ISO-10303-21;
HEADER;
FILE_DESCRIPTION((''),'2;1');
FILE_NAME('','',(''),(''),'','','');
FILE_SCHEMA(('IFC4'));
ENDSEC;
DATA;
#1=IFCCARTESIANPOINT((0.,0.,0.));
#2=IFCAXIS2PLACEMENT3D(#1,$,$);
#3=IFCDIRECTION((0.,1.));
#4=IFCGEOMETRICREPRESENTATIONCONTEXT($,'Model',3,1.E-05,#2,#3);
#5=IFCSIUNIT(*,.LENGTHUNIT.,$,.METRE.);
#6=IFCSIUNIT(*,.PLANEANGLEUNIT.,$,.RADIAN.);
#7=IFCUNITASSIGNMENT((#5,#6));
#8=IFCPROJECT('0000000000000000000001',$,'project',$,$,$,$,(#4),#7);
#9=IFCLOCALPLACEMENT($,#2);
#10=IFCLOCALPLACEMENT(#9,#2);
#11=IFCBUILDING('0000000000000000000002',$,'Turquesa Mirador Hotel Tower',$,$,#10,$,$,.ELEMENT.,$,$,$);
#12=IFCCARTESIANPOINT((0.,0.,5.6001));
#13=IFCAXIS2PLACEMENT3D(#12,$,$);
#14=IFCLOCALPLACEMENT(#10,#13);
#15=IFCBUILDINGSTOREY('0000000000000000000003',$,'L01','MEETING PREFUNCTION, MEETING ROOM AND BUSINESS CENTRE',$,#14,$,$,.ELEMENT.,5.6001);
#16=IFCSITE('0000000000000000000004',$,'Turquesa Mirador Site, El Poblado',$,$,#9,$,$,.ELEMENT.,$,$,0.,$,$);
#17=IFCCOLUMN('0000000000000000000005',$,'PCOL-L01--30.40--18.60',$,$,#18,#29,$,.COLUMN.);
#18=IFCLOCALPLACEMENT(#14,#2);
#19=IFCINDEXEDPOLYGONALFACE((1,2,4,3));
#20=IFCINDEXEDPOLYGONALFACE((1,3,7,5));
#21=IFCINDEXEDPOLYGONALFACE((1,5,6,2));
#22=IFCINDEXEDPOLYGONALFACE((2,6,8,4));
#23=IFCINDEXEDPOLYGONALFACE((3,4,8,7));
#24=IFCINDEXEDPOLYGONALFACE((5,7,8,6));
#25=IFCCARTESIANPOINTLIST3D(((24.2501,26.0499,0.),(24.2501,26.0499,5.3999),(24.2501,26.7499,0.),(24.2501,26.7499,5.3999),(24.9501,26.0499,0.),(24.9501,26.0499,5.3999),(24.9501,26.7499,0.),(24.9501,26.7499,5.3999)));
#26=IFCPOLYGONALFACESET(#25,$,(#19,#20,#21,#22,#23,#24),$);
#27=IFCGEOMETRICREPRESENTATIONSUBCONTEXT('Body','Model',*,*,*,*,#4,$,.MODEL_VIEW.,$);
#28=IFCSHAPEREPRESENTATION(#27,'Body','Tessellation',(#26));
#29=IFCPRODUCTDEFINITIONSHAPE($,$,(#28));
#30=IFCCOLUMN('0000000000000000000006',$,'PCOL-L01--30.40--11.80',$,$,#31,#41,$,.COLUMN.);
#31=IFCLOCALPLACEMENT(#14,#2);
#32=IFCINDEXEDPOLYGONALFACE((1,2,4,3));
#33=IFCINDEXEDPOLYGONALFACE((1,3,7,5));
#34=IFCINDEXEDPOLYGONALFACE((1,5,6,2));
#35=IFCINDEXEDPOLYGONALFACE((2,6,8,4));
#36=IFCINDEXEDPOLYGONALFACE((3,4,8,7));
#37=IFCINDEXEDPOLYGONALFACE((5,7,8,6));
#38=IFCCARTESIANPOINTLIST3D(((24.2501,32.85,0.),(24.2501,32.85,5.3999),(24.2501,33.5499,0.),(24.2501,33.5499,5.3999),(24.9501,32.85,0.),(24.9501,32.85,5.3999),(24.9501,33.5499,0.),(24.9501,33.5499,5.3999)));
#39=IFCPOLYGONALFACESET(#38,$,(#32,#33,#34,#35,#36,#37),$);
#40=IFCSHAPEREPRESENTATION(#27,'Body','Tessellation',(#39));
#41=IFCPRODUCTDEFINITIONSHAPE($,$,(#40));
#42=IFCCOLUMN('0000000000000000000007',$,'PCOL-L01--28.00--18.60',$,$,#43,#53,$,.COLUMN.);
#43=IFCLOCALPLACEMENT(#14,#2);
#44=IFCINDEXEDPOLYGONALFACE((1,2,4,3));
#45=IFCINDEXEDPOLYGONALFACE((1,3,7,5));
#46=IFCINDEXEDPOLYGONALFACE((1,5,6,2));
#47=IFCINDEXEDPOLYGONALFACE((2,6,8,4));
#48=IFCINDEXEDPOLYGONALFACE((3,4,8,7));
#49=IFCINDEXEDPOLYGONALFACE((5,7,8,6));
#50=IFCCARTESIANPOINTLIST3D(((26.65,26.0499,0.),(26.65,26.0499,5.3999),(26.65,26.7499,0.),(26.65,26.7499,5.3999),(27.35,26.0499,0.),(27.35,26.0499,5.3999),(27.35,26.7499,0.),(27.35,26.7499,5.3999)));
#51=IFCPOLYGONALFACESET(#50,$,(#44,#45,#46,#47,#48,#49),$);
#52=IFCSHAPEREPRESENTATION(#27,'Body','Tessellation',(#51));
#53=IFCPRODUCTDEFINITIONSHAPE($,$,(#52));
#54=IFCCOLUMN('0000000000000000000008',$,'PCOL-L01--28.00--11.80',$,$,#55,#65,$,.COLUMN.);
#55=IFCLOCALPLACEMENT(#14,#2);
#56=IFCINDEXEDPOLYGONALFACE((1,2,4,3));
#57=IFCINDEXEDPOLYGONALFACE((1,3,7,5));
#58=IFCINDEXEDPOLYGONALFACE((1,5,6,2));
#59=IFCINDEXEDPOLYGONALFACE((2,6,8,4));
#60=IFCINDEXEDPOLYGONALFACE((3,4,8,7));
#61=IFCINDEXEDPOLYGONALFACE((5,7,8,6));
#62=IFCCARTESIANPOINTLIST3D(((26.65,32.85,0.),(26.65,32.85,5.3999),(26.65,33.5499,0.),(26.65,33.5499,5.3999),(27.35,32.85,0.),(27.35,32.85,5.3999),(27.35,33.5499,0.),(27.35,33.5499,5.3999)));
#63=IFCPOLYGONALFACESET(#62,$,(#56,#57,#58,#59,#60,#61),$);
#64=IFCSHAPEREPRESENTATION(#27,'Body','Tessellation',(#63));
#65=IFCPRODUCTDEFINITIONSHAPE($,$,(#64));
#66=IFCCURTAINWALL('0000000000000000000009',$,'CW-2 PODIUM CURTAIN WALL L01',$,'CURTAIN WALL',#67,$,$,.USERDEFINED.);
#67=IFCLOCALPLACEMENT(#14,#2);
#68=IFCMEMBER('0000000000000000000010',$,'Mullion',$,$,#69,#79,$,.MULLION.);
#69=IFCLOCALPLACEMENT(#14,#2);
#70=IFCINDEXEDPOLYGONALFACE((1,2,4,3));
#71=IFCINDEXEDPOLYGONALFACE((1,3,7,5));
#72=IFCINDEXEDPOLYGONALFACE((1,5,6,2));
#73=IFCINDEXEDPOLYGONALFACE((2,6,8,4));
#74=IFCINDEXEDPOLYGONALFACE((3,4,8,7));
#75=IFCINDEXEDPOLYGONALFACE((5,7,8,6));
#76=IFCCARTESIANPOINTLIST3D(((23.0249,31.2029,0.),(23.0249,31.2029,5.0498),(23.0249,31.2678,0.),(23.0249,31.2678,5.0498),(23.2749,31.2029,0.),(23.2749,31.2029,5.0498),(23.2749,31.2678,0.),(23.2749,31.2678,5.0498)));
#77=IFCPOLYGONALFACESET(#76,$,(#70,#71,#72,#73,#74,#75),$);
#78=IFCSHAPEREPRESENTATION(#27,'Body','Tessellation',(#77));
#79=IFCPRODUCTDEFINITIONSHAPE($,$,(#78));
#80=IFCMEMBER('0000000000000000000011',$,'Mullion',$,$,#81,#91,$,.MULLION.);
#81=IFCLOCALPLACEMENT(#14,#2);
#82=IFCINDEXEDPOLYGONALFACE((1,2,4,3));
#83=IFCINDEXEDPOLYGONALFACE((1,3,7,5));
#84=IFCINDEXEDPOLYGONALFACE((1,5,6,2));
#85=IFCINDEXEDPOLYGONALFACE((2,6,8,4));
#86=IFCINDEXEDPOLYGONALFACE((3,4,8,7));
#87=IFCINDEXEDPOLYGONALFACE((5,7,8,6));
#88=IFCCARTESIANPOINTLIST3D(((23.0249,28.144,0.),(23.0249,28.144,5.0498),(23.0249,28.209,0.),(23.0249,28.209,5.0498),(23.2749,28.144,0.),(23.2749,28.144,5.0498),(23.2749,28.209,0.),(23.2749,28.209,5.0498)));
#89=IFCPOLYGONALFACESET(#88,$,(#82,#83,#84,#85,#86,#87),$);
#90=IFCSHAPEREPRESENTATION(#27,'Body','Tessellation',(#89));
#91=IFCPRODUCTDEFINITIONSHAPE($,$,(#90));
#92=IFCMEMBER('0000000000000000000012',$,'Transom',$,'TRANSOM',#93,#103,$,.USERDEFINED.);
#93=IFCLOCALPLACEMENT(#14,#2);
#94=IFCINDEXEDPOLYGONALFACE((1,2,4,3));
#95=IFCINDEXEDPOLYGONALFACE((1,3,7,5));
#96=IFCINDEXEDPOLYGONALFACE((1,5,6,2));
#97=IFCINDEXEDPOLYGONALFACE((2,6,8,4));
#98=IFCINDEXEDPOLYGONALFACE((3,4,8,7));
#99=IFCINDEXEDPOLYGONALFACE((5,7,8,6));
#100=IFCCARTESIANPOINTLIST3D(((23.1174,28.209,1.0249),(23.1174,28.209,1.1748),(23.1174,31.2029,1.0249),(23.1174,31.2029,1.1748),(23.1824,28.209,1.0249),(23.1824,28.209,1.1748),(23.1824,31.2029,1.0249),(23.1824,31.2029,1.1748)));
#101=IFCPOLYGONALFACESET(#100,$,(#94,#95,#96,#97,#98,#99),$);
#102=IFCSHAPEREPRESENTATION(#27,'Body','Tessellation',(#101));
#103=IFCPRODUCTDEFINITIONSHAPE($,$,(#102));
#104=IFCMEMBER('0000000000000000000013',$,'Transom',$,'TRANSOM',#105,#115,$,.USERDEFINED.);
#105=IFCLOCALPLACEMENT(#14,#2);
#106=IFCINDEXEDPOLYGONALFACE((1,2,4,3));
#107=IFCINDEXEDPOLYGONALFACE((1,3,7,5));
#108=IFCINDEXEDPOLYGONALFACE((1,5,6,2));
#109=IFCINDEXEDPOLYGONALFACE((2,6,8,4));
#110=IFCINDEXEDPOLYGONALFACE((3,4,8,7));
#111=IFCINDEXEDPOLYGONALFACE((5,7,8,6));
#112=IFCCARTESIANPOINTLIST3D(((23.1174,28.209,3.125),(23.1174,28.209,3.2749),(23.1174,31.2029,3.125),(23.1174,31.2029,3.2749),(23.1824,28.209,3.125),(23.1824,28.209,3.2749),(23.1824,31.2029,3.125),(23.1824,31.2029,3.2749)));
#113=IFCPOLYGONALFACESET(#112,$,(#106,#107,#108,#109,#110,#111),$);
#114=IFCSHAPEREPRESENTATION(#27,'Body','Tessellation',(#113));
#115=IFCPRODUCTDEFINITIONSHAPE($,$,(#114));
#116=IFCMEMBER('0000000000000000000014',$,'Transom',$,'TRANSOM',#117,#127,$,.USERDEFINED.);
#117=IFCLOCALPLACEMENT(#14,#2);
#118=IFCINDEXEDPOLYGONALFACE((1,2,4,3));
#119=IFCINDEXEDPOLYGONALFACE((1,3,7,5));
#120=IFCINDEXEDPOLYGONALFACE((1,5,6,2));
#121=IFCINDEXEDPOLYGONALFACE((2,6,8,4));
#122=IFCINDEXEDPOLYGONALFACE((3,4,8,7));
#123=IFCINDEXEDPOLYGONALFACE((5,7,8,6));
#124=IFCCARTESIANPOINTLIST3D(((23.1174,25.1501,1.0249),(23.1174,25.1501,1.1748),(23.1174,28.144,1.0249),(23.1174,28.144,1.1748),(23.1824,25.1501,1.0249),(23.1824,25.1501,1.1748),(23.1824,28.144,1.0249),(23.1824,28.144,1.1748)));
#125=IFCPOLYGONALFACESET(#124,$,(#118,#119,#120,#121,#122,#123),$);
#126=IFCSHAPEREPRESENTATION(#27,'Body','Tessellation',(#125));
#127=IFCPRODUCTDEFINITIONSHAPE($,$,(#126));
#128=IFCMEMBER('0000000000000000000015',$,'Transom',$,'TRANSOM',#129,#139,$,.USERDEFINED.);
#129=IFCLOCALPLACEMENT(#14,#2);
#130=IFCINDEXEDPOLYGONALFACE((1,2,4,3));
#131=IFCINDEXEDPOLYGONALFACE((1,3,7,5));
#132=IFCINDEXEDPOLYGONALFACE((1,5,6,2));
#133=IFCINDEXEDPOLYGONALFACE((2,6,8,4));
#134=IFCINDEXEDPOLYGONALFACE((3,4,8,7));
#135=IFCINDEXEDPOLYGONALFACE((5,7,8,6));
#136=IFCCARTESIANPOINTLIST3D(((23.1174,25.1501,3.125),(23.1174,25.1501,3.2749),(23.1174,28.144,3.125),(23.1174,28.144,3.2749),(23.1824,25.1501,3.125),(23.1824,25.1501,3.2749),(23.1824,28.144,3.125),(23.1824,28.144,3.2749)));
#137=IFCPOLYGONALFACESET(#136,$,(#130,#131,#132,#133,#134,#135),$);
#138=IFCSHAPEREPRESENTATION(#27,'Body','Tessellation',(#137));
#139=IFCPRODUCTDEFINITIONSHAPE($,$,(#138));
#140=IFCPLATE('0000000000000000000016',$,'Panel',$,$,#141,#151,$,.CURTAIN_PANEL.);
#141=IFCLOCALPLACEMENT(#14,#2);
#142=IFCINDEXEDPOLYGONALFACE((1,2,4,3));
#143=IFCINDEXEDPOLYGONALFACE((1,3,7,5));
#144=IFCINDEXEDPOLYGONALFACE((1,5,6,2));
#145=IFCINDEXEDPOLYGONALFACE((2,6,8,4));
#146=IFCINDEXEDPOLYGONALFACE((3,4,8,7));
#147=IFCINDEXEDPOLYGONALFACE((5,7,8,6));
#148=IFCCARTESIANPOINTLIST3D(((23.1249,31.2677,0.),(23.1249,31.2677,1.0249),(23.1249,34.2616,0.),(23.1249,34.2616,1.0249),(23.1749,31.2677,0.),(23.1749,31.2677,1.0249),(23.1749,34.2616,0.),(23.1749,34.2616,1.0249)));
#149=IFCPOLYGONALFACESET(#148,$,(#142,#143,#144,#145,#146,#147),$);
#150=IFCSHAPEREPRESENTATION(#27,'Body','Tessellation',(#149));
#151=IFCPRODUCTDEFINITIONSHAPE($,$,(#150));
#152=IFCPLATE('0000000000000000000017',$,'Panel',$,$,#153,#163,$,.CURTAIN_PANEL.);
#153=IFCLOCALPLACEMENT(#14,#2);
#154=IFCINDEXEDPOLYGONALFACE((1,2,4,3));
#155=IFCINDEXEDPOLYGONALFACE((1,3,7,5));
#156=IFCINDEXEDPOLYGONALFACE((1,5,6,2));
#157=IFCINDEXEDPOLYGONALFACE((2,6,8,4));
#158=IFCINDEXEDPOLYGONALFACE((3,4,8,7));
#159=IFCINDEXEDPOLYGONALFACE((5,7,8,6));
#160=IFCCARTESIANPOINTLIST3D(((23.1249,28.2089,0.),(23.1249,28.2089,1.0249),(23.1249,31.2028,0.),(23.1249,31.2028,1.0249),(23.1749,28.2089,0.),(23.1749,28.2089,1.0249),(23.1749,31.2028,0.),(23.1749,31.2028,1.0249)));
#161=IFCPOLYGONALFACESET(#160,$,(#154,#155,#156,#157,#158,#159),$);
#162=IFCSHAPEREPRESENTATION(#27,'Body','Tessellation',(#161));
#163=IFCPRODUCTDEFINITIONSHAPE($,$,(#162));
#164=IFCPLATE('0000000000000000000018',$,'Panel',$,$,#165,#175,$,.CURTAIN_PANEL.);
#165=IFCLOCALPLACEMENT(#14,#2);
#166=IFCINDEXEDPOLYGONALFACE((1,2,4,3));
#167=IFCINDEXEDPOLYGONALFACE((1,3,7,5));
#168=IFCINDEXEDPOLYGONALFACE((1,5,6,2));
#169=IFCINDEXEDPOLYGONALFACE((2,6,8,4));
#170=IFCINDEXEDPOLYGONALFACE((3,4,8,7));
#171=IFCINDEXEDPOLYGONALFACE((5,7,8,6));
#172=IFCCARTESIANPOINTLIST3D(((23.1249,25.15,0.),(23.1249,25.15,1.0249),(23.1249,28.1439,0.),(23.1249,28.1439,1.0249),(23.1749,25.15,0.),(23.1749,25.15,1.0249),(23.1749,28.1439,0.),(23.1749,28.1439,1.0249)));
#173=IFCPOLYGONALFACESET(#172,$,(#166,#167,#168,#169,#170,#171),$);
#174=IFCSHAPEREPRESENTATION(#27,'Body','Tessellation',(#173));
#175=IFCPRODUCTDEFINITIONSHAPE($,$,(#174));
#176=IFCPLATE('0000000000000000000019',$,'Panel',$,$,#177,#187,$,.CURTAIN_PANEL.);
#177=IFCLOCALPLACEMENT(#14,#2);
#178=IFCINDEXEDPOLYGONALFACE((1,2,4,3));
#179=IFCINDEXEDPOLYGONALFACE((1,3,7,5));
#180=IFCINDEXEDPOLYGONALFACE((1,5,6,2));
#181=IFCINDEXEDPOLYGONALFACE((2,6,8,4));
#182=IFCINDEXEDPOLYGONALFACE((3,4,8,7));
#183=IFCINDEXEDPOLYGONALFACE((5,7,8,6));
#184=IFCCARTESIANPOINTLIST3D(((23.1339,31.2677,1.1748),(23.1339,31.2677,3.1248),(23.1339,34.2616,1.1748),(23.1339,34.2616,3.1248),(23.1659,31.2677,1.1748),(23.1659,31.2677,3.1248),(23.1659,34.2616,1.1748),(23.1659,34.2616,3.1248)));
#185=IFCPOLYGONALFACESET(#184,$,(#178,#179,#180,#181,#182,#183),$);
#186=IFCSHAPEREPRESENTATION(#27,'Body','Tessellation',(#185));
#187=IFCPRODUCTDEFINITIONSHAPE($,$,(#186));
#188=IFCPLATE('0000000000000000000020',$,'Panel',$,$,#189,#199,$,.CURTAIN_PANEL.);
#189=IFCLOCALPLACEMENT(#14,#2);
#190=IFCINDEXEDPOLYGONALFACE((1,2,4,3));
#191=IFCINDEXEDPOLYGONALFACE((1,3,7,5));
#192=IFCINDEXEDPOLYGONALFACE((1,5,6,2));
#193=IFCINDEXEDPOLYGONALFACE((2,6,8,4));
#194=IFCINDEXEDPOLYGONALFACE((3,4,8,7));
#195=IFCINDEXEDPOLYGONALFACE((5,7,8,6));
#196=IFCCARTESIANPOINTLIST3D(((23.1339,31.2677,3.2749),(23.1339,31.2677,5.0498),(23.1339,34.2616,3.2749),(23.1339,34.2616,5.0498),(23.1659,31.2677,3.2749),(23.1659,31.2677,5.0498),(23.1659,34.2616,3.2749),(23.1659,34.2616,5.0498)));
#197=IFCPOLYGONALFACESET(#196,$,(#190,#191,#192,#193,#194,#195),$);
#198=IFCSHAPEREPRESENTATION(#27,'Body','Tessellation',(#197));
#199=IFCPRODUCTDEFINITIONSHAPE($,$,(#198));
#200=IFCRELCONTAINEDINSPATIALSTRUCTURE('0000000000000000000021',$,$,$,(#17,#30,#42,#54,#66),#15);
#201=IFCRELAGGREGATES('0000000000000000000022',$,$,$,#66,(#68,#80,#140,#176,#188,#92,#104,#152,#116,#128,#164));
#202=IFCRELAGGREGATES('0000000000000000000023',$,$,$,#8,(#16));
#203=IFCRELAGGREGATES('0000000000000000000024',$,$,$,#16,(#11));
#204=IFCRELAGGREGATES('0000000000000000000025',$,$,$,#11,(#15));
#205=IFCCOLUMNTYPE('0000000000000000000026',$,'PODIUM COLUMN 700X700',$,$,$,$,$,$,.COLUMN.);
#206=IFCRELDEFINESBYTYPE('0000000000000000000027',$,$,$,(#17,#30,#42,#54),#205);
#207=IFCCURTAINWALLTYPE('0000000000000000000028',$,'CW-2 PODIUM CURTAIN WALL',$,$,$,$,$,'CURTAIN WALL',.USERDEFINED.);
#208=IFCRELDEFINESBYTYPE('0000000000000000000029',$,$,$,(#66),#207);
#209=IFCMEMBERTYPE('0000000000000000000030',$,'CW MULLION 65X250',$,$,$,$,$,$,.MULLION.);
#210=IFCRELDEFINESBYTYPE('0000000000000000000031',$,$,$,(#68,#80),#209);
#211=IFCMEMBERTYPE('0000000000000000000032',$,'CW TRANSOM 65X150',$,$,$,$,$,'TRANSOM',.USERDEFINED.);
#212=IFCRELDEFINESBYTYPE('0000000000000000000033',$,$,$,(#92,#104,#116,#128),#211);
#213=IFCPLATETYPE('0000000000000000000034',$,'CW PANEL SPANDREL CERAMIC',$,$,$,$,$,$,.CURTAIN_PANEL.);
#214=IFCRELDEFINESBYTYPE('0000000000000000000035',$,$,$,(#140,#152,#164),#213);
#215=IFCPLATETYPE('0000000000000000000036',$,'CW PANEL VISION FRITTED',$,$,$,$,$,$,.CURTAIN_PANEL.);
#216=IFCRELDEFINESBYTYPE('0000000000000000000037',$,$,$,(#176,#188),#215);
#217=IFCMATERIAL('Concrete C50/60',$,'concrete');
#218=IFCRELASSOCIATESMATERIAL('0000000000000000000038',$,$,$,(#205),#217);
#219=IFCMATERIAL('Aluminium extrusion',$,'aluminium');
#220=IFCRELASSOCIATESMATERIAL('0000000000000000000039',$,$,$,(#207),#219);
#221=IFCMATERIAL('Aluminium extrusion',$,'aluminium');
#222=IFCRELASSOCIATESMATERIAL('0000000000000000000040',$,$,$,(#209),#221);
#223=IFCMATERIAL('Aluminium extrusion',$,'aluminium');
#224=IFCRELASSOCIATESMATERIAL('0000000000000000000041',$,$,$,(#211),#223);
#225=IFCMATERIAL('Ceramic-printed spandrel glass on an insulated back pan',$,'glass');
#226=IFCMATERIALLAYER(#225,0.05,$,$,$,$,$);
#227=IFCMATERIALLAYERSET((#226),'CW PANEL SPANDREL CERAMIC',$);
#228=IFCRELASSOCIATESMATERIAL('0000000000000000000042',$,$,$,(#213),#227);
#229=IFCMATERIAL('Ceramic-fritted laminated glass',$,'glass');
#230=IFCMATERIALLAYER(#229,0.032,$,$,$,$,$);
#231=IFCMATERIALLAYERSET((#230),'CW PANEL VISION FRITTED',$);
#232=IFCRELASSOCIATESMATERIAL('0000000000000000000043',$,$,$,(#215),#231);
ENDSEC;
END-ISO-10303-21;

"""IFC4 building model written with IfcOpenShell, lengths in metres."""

from ifc_helpers import new_model, si_unit, direction, frame, origin, origin_2d, place, context, subcontext, project, spatial, rectangle, extrude, material, layer, layer_set, material_profile, profile_set, type_object, element, aggregate, save


model = new_model("IFC4")

# Units and contexts
model_context = context("Model", 3, precision=1e-05, world=origin(), true_north=direction((0.0, 1.0)))
body_context = subcontext(model_context, "Body", "Model", "MODEL_VIEW")
ifc_project = project(units=[si_unit("LENGTHUNIT", "METRE"), si_unit("PLANEANGLEUNIT", "RADIAN")], contexts=[model_context])

# Site, building, storey
site_placement = place(None, origin())
site = spatial("IfcSite", under=ifc_project, at=site_placement, Name="Turquesa Mirador Site, El Poblado", CompositionType="ELEMENT", RefElevation=0.0)
building_placement = place(site_placement, origin())
building = spatial("IfcBuilding", under=site, at=building_placement, Name="Turquesa Mirador Hotel Tower", CompositionType="ELEMENT")
storey_placement = place(building_placement, frame((0.0, 0.0, 5.6001)))
storey = spatial("IfcBuildingStorey", under=building, at=storey_placement, Name="L01", Description="MEETING PREFUNCTION, MEETING ROOM AND BUSINESS CENTRE", CompositionType="ELEMENT", Elevation=5.6001)

# Columns
ifc_material_1 = material(Name="Concrete C50/60", Category="concrete")
ifc_material_profile_1 = material_profile(ifc_material_1, rectangle(XDim=0.7, YDim=0.7, at=origin_2d()), Name="RC 700X700")
ifc_profile_set_1 = profile_set([ifc_material_profile_1], Name="Concrete C50/60")
column_type = type_object("IfcColumnType", Name="PODIUM COLUMN 700X700", PredefinedType="COLUMN", material=ifc_profile_set_1)
for number, where, z_axis, x_axis, name in (
    (1, (24.6001, 26.3999, 0.0), (0.0, 0.0, 1.0), (1.0, 0.0, 0.0), "PCOL-L01--30.40--18.60"),
    (2, (24.6001, 33.2, 0.0), (0.0, 0.0, 1.0), (1.0, 0.0, 0.0), "PCOL-L01--30.40--11.80"),
    (3, (27.0, 26.3999, 0.0), (0.0, 0.0, 1.0), (1.0, 0.0, 0.0), "PCOL-L01--28.00--18.60"),
    (4, (27.0, 33.2, 0.0), (0.0, 0.0, 1.0), (1.0, 0.0, 0.0), "PCOL-L01--28.00--11.80"),
):
    element("IfcColumn", number, at=place(storey_placement, frame(where, z_axis=z_axis, x_axis=x_axis)), inside=storey, type_object=column_type, Name=name, PredefinedType="COLUMN", context=body_context, shape_type="SweptSolid", body=[
        extrude(rectangle(XDim=0.7, YDim=0.7, at=origin_2d()), origin(), (0.0, 0.0, 1.0), 5.3999),
    ])

# Curtain wall, members, plates
ifc_material_2 = material(Name="Aluminium extrusion", Category="aluminium")
curtain_wall_type = type_object("IfcCurtainWallType", Name="CW-2 PODIUM CURTAIN WALL", ElementType="CURTAIN WALL", PredefinedType="USERDEFINED", material=ifc_material_2)
curtain_wall_placement = place(storey_placement, origin())
curtain_wall = element("IfcCurtainWall", 5, at=curtain_wall_placement, inside=storey, type_object=curtain_wall_type, Name="CW-2 PODIUM CURTAIN WALL L01", ObjectType="CURTAIN WALL", PredefinedType="USERDEFINED")
ifc_material_3 = material(Name="Aluminium extrusion", Category="aluminium")
ifc_material_profile_2 = material_profile(ifc_material_3, rectangle(XDim=0.0649, YDim=0.25, at=origin_2d()), Name="MULLION 65X250")
ifc_profile_set_2 = profile_set([ifc_material_profile_2], Name="Aluminium extrusion")
member_type_1 = type_object("IfcMemberType", Name="CW MULLION 65X250", PredefinedType="MULLION", material=ifc_profile_set_2)
member_1_placement = place(storey_placement, frame((23.1499, 31.2354, 0.0), z_axis=(0.0, 0.0, 1.0), x_axis=(0.0, -1.0, 0.0)))
member_1 = element("IfcMember", 6, at=member_1_placement, type_object=member_type_1, Name="Mullion", PredefinedType="MULLION", context=body_context, shape_type="SweptSolid", body=[
    extrude(rectangle(XDim=0.0649, YDim=0.25, at=origin_2d()), origin(), (0.0, 0.0, 1.0), 5.0498),
])
member_2_placement = place(storey_placement, frame((23.1499, 28.1765, 0.0), z_axis=(0.0, 0.0, 1.0), x_axis=(0.0, -1.0, 0.0)))
member_2 = element("IfcMember", 7, at=member_2_placement, type_object=member_type_1, Name="Mullion", PredefinedType="MULLION", context=body_context, shape_type="SweptSolid", body=[
    extrude(rectangle(XDim=0.0649, YDim=0.25, at=origin_2d()), origin(), (0.0, 0.0, 1.0), 5.0498),
])
ifc_material_4 = material(Name="Aluminium extrusion", Category="aluminium")
ifc_material_profile_3 = material_profile(ifc_material_4, rectangle(XDim=0.0649, YDim=0.1499, at=origin_2d()), Name="TRANSOM 65X150")
ifc_profile_set_3 = profile_set([ifc_material_profile_3], Name="Aluminium extrusion")
member_type_2 = type_object("IfcMemberType", Name="CW TRANSOM 65X150", ElementType="TRANSOM", PredefinedType="USERDEFINED", material=ifc_profile_set_3)
member_3_placement = place(storey_placement, frame((23.1499, 31.2029, 1.0999), z_axis=(0.0, -1.0, 0.0), x_axis=(1.0, 0.0, 0.0)))
member_3 = element("IfcMember", 8, at=member_3_placement, type_object=member_type_2, Name="Transom", ObjectType="TRANSOM", PredefinedType="USERDEFINED", context=body_context, shape_type="SweptSolid", body=[
    extrude(rectangle(XDim=0.0649, YDim=0.1499, at=origin_2d()), origin(), (0.0, 0.0, 1.0), 2.9939),
])
member_4_placement = place(storey_placement, frame((23.1499, 31.2029, 3.2), z_axis=(0.0, -1.0, 0.0), x_axis=(1.0, 0.0, 0.0)))
member_4 = element("IfcMember", 9, at=member_4_placement, type_object=member_type_2, Name="Transom", ObjectType="TRANSOM", PredefinedType="USERDEFINED", context=body_context, shape_type="SweptSolid", body=[
    extrude(rectangle(XDim=0.0649, YDim=0.1499, at=origin_2d()), origin(), (0.0, 0.0, 1.0), 2.9939),
])
member_5_placement = place(storey_placement, frame((23.1499, 28.144, 1.0999), z_axis=(0.0, -1.0, 0.0), x_axis=(1.0, 0.0, 0.0)))
member_5 = element("IfcMember", 10, at=member_5_placement, type_object=member_type_2, Name="Transom", ObjectType="TRANSOM", PredefinedType="USERDEFINED", context=body_context, shape_type="SweptSolid", body=[
    extrude(rectangle(XDim=0.0649, YDim=0.1499, at=origin_2d()), origin(), (0.0, 0.0, 1.0), 2.9939),
])
member_6_placement = place(storey_placement, frame((23.1499, 28.144, 3.2), z_axis=(0.0, -1.0, 0.0), x_axis=(1.0, 0.0, 0.0)))
member_6 = element("IfcMember", 11, at=member_6_placement, type_object=member_type_2, Name="Transom", ObjectType="TRANSOM", PredefinedType="USERDEFINED", context=body_context, shape_type="SweptSolid", body=[
    extrude(rectangle(XDim=0.0649, YDim=0.1499, at=origin_2d()), origin(), (0.0, 0.0, 1.0), 2.9939),
])
ifc_material_5 = material(Name="Ceramic-printed spandrel glass on an insulated back pan", Category="glass")
ifc_layer_1 = layer(ifc_material_5, 0.05)
ifc_layer_set_1 = layer_set([ifc_layer_1], Name="CW PANEL SPANDREL CERAMIC")
plate_type_1 = type_object("IfcPlateType", Name="CW PANEL SPANDREL CERAMIC", PredefinedType="CURTAIN_PANEL", material=ifc_layer_set_1)
plate_1_placement = place(storey_placement, frame((23.1499, 32.7646, 0.0), z_axis=(0.0, 0.0, 1.0), x_axis=(0.0, -1.0, 0.0)))
plate_1 = element("IfcPlate", 12, at=plate_1_placement, type_object=plate_type_1, Name="Panel", PredefinedType="CURTAIN_PANEL", context=body_context, shape_type="SweptSolid", body=[
    extrude(rectangle(XDim=2.9939, YDim=0.05, at=origin_2d()), origin(), (0.0, 0.0, 1.0), 1.0249),
])
plate_2_placement = place(storey_placement, frame((23.1499, 29.7058, 0.0), z_axis=(0.0, 0.0, 1.0), x_axis=(0.0, -1.0, 0.0)))
plate_2 = element("IfcPlate", 13, at=plate_2_placement, type_object=plate_type_1, Name="Panel", PredefinedType="CURTAIN_PANEL", context=body_context, shape_type="SweptSolid", body=[
    extrude(rectangle(XDim=2.9939, YDim=0.05, at=origin_2d()), origin(), (0.0, 0.0, 1.0), 1.0249),
])
plate_3_placement = place(storey_placement, frame((23.1499, 26.647, 0.0), z_axis=(0.0, 0.0, 1.0), x_axis=(0.0, -1.0, 0.0)))
plate_3 = element("IfcPlate", 14, at=plate_3_placement, type_object=plate_type_1, Name="Panel", PredefinedType="CURTAIN_PANEL", context=body_context, shape_type="SweptSolid", body=[
    extrude(rectangle(XDim=2.9939, YDim=0.05, at=origin_2d()), origin(), (0.0, 0.0, 1.0), 1.0249),
])
ifc_material_6 = material(Name="Ceramic-fritted laminated glass", Category="glass")
ifc_layer_2 = layer(ifc_material_6, 0.032)
ifc_layer_set_2 = layer_set([ifc_layer_2], Name="CW PANEL VISION FRITTED")
plate_type_2 = type_object("IfcPlateType", Name="CW PANEL VISION FRITTED", PredefinedType="CURTAIN_PANEL", material=ifc_layer_set_2)
plate_4_placement = place(storey_placement, frame((23.1499, 32.7646, 1.1748), z_axis=(0.0, 0.0, 1.0), x_axis=(0.0, -1.0, 0.0)))
plate_4 = element("IfcPlate", 15, at=plate_4_placement, type_object=plate_type_2, Name="Panel", PredefinedType="CURTAIN_PANEL", context=body_context, shape_type="SweptSolid", body=[
    extrude(rectangle(XDim=2.9939, YDim=0.032, at=origin_2d()), origin(), (0.0, 0.0, 1.0), 1.95),
])
plate_5_placement = place(storey_placement, frame((23.1499, 32.7646, 3.2749), z_axis=(0.0, 0.0, 1.0), x_axis=(0.0, -1.0, 0.0)))
plate_5 = element("IfcPlate", 16, at=plate_5_placement, type_object=plate_type_2, Name="Panel", PredefinedType="CURTAIN_PANEL", context=body_context, shape_type="SweptSolid", body=[
    extrude(rectangle(XDim=2.9939, YDim=0.032, at=origin_2d()), origin(), (0.0, 0.0, 1.0), 1.7749),
])
aggregate(curtain_wall, [member_1, member_2, plate_1, plate_4, plate_5, member_3, member_4, plate_2, member_5, member_6, plate_3])

save(model, "model.ifc")
